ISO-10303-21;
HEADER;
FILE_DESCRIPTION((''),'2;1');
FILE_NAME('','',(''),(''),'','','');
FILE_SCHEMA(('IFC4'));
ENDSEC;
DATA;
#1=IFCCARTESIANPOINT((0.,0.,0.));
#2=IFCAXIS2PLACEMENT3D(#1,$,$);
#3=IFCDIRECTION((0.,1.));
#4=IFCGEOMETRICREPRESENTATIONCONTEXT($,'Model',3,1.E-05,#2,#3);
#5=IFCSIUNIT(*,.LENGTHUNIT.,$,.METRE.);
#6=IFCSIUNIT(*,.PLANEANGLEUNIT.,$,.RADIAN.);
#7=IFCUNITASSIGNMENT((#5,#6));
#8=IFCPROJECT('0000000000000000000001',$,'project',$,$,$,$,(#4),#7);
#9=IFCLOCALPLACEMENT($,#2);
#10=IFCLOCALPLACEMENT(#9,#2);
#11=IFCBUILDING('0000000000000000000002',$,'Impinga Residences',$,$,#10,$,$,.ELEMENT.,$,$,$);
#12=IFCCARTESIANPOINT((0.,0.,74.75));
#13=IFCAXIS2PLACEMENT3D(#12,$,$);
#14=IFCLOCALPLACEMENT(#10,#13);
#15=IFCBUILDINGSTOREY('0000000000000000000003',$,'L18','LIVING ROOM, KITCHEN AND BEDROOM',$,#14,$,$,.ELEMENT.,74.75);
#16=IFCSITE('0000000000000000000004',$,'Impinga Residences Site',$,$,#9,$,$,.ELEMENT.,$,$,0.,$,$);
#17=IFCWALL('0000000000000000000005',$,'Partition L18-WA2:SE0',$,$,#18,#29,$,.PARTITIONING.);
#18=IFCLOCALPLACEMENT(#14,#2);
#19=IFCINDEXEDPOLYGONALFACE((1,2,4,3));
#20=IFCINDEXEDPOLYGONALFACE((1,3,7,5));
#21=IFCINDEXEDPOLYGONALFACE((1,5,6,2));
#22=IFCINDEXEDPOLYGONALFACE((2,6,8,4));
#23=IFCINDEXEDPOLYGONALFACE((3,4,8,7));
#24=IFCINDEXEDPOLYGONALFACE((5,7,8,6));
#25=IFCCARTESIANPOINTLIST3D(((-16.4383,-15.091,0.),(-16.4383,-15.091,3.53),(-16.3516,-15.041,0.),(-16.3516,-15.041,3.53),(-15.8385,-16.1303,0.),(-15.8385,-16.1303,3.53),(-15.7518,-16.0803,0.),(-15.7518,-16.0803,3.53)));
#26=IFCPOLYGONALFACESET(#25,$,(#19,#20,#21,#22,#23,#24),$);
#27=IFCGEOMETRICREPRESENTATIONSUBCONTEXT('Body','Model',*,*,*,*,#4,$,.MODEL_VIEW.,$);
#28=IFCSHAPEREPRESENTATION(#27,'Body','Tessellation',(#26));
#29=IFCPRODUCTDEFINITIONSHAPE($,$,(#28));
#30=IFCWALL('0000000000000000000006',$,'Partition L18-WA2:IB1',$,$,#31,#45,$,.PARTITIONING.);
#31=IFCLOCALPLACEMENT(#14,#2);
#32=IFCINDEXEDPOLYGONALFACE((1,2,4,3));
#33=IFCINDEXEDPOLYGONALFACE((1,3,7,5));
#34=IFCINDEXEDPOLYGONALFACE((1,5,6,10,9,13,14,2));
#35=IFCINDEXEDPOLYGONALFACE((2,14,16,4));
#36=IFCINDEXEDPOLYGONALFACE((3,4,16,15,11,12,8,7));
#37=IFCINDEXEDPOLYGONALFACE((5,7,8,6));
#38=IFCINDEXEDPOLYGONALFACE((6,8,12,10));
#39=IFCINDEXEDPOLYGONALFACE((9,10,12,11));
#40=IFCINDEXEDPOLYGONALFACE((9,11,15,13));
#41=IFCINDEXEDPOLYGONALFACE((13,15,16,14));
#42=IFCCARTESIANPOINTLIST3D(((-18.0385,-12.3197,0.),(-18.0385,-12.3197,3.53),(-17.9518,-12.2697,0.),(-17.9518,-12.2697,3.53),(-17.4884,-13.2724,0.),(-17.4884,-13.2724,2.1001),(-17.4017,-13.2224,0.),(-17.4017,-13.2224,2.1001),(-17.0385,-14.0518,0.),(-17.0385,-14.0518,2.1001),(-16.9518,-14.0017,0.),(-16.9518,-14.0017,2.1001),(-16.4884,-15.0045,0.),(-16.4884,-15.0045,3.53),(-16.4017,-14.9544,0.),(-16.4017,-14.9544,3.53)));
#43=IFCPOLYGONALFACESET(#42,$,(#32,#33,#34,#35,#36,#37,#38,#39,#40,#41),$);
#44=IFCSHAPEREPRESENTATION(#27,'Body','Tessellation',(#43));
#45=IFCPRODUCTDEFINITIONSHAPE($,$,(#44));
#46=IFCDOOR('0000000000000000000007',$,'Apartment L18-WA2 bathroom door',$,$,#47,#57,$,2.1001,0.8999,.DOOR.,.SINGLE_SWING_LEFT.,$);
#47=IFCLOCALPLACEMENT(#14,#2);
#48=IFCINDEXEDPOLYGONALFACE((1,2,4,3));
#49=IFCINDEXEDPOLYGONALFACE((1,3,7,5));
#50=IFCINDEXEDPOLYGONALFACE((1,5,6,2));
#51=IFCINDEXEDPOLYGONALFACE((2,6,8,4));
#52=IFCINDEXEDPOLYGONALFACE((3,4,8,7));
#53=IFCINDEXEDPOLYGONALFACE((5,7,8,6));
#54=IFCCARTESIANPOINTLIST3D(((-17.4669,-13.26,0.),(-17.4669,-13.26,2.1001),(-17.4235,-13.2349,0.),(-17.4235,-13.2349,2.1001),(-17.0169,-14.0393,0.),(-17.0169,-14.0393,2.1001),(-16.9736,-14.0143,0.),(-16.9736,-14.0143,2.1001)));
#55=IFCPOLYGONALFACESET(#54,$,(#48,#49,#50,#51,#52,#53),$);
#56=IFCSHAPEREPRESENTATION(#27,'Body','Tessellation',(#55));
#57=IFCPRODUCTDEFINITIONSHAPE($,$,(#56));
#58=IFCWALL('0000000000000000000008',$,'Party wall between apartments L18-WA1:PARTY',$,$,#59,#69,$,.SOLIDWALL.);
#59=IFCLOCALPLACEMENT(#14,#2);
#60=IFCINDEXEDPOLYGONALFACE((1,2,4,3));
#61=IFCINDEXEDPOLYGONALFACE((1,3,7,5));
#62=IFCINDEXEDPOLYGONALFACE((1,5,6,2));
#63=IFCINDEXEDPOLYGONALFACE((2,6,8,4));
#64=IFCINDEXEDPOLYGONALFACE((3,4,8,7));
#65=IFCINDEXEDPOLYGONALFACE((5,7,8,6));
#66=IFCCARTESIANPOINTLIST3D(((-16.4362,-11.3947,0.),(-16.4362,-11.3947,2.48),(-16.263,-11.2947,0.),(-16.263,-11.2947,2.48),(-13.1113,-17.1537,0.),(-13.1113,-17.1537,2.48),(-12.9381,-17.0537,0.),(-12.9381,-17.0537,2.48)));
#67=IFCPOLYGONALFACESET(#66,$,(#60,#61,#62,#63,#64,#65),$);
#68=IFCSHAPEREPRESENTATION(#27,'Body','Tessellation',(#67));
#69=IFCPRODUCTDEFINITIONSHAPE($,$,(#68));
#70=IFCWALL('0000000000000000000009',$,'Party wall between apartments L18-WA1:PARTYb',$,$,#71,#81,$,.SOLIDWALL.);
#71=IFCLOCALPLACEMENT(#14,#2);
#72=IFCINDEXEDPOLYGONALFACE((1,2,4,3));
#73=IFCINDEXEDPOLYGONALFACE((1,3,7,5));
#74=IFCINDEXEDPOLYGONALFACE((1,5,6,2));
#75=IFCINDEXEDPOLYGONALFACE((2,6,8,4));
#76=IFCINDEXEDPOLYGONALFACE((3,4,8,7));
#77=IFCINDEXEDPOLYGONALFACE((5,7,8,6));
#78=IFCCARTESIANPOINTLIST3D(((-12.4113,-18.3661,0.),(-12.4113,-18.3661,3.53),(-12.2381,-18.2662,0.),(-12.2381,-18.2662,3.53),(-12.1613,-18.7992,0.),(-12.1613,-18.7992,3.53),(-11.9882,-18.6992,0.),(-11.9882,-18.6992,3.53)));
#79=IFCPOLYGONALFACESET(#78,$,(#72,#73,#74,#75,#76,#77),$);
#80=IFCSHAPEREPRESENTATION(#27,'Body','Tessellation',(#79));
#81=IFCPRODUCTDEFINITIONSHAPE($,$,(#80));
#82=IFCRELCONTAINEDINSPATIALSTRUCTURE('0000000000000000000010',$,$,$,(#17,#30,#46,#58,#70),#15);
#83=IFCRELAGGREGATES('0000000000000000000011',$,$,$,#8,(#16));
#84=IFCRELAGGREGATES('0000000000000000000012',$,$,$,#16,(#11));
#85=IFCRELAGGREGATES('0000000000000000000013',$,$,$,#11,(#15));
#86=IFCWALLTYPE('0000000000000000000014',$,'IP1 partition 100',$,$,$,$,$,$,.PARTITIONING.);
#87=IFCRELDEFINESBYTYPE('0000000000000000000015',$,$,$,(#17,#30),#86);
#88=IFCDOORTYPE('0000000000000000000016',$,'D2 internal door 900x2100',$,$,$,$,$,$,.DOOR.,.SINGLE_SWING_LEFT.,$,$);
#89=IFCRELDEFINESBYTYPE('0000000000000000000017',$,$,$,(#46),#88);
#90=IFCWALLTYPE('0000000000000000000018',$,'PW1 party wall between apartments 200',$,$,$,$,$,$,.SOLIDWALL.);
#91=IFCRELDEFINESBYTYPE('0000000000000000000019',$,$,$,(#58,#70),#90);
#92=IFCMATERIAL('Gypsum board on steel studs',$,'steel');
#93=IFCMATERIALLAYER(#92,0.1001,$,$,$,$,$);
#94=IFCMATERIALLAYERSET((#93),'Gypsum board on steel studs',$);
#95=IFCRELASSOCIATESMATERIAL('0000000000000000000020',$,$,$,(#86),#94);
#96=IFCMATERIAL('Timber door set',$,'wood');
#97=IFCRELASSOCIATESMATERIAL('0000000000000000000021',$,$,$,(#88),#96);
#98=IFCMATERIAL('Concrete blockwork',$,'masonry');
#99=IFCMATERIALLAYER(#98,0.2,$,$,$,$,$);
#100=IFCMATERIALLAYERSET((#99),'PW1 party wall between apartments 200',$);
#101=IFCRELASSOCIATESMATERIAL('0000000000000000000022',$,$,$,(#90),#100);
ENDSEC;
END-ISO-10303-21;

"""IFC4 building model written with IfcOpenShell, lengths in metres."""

from ifc_helpers import new_model, si_unit, direction, frame, frame_2d, origin, place, context, subcontext, project, spatial, rectangle, extrude, material, layer, layer_set, type_object, element, fill, save


model = new_model("IFC4")

# Units and contexts
model_context = context("Model", 3, precision=1e-05, world=origin(), true_north=direction((0.0, 1.0)))
body_context = subcontext(model_context, "Body", "Model", "MODEL_VIEW")
ifc_project = project(units=[si_unit("LENGTHUNIT", "METRE"), si_unit("PLANEANGLEUNIT", "RADIAN")], contexts=[model_context])

# Site, building, storey
site_placement = place(None, origin())
site = spatial("IfcSite", under=ifc_project, at=site_placement, Name="Impinga Residences Site", CompositionType="ELEMENT", RefElevation=0.0)
building_placement = place(site_placement, origin())
building = spatial("IfcBuilding", under=site, at=building_placement, Name="Impinga Residences", CompositionType="ELEMENT")
storey_placement = place(building_placement, frame((0.0, 0.0, 74.75)))
storey = spatial("IfcBuildingStorey", under=building, at=storey_placement, Name="L18", Description="LIVING ROOM, KITCHEN AND BEDROOM", CompositionType="ELEMENT", Elevation=74.75)

# Shared definitions
ifc_material_1 = material(Name="Gypsum board on steel studs", Category="steel")
ifc_layer_1 = layer(ifc_material_1, 0.1001)
ifc_layer_set_1 = layer_set([ifc_layer_1], Name="Gypsum board on steel studs")
wall_type_1 = type_object("IfcWallType", Name="IP1 partition 100", PredefinedType="PARTITIONING", material=ifc_layer_set_1)

# Shared definitions
ifc_material_2 = material(Name="Timber door set", Category="wood")
door_type = type_object("IfcDoorType", Name="D2 internal door 900x2100", OperationType="SINGLE_SWING_LEFT", PredefinedType="DOOR", material=ifc_material_2)

# Wall
wall_1_placement = place(storey_placement, frame((-16.395, -15.0659, 0.0), z_axis=(0.0, 0.0, 1.0), x_axis=(0.499881, -0.866094, 0.0)))
element("IfcWall", 1, at=wall_1_placement, inside=storey, type_object=wall_type_1, Name="Partition L18-WA2:SE0", PredefinedType="PARTITIONING", context=body_context, shape_type="SweptSolid", body=[
    extrude(rectangle(XDim=1.2, YDim=0.1001, at=frame_2d((0.6001, 0.0))), origin(), (0.0, 0.0, 1.0), 3.53),
])

# Wall, opening, door
wall_2_placement = place(storey_placement, frame((-17.9951, -12.2947, 0.0), z_axis=(0.0, 0.0, 1.0), x_axis=(0.499993, -0.86603, 0.0)))
wall_2 = element("IfcWall", 2, at=wall_2_placement, inside=storey, type_object=wall_type_1, Name="Partition L18-WA2:IB1", PredefinedType="PARTITIONING", context=body_context, shape_type="SweptSolid", body=[
    extrude(rectangle(XDim=3.1001, YDim=0.1001, at=frame_2d((1.55, 0.0))), origin(), (0.0, 0.0, 1.0), 3.53),
])
opening_1_placement = place(wall_2_placement, frame((1.1001, 0.0, 0.0)))
opening_1 = element("IfcOpeningElement", 3, at=opening_1_placement, cuts=wall_2, PredefinedType="OPENING", context=body_context, shape_type="SweptSolid", body=[
    extrude(rectangle(XDim=0.8999, YDim=2.1001, at=frame_2d((0.45, 1.05))), frame((0.0, 0.0601, 0.0), z_axis=(0.0, -1.0, 0.0), x_axis=(1.0, 0.0, 0.0)), (0.0, 0.0, 1.0), 0.1201),
])
door_1_placement = place(opening_1_placement, origin())
door_1 = element("IfcDoor", 4, at=door_1_placement, inside=storey, type_object=door_type, Name="Apartment L18-WA2 bathroom door", OperationType="SINGLE_SWING_LEFT", OverallHeight=2.1001, OverallWidth=0.8999, PredefinedType="DOOR", context=body_context, shape_type="SweptSolid", body=[
    extrude(rectangle(XDim=0.8999, YDim=2.1001, at=frame_2d((0.45, 1.05))), frame((0.0, 0.0249, 0.0), z_axis=(0.0, -1.0, 0.0), x_axis=(1.0, 0.0, 0.0)), (0.0, 0.0, 1.0), 0.05),
])
fill(opening_1, door_1)

# Walls
ifc_material_3 = material(Name="Concrete blockwork", Category="masonry")
ifc_layer_2 = layer(ifc_material_3, 0.2)
ifc_layer_set_2 = layer_set([ifc_layer_2], Name="PW1 party wall between apartments 200")
wall_type_2 = type_object("IfcWallType", Name="PW1 party wall between apartments 200", PredefinedType="SOLIDWALL", material=ifc_layer_set_2)
wall_3_placement = place(storey_placement, frame((-16.3496, -11.3447, 0.0), z_axis=(0.0, 0.0, 1.0), x_axis=(0.499997, -0.866027, 0.0)))
element("IfcWall", 5, at=wall_3_placement, inside=storey, type_object=wall_type_2, Name="Party wall between apartments L18-WA1:PARTY", PredefinedType="SOLIDWALL", context=body_context, shape_type="SweptSolid", body=[
    extrude(rectangle(XDim=6.6499, YDim=0.2, at=frame_2d((3.325, 0.0))), origin(), (0.0, 0.0, 1.0), 2.48),
])
wall_4_placement = place(storey_placement, frame((-12.3247, -18.3162, 0.0), z_axis=(0.0, 0.0, 1.0), x_axis=(0.49992, -0.866072, 0.0)))
element("IfcWall", 6, at=wall_4_placement, inside=storey, type_object=wall_type_2, Name="Party wall between apartments L18-WA1:PARTYb", PredefinedType="SOLIDWALL", context=body_context, shape_type="SweptSolid", body=[
    extrude(rectangle(XDim=0.5, YDim=0.2, at=frame_2d((0.25, 0.0))), origin(), (0.0, 0.0, 1.0), 3.53),
])

save(model, "model.ifc")
